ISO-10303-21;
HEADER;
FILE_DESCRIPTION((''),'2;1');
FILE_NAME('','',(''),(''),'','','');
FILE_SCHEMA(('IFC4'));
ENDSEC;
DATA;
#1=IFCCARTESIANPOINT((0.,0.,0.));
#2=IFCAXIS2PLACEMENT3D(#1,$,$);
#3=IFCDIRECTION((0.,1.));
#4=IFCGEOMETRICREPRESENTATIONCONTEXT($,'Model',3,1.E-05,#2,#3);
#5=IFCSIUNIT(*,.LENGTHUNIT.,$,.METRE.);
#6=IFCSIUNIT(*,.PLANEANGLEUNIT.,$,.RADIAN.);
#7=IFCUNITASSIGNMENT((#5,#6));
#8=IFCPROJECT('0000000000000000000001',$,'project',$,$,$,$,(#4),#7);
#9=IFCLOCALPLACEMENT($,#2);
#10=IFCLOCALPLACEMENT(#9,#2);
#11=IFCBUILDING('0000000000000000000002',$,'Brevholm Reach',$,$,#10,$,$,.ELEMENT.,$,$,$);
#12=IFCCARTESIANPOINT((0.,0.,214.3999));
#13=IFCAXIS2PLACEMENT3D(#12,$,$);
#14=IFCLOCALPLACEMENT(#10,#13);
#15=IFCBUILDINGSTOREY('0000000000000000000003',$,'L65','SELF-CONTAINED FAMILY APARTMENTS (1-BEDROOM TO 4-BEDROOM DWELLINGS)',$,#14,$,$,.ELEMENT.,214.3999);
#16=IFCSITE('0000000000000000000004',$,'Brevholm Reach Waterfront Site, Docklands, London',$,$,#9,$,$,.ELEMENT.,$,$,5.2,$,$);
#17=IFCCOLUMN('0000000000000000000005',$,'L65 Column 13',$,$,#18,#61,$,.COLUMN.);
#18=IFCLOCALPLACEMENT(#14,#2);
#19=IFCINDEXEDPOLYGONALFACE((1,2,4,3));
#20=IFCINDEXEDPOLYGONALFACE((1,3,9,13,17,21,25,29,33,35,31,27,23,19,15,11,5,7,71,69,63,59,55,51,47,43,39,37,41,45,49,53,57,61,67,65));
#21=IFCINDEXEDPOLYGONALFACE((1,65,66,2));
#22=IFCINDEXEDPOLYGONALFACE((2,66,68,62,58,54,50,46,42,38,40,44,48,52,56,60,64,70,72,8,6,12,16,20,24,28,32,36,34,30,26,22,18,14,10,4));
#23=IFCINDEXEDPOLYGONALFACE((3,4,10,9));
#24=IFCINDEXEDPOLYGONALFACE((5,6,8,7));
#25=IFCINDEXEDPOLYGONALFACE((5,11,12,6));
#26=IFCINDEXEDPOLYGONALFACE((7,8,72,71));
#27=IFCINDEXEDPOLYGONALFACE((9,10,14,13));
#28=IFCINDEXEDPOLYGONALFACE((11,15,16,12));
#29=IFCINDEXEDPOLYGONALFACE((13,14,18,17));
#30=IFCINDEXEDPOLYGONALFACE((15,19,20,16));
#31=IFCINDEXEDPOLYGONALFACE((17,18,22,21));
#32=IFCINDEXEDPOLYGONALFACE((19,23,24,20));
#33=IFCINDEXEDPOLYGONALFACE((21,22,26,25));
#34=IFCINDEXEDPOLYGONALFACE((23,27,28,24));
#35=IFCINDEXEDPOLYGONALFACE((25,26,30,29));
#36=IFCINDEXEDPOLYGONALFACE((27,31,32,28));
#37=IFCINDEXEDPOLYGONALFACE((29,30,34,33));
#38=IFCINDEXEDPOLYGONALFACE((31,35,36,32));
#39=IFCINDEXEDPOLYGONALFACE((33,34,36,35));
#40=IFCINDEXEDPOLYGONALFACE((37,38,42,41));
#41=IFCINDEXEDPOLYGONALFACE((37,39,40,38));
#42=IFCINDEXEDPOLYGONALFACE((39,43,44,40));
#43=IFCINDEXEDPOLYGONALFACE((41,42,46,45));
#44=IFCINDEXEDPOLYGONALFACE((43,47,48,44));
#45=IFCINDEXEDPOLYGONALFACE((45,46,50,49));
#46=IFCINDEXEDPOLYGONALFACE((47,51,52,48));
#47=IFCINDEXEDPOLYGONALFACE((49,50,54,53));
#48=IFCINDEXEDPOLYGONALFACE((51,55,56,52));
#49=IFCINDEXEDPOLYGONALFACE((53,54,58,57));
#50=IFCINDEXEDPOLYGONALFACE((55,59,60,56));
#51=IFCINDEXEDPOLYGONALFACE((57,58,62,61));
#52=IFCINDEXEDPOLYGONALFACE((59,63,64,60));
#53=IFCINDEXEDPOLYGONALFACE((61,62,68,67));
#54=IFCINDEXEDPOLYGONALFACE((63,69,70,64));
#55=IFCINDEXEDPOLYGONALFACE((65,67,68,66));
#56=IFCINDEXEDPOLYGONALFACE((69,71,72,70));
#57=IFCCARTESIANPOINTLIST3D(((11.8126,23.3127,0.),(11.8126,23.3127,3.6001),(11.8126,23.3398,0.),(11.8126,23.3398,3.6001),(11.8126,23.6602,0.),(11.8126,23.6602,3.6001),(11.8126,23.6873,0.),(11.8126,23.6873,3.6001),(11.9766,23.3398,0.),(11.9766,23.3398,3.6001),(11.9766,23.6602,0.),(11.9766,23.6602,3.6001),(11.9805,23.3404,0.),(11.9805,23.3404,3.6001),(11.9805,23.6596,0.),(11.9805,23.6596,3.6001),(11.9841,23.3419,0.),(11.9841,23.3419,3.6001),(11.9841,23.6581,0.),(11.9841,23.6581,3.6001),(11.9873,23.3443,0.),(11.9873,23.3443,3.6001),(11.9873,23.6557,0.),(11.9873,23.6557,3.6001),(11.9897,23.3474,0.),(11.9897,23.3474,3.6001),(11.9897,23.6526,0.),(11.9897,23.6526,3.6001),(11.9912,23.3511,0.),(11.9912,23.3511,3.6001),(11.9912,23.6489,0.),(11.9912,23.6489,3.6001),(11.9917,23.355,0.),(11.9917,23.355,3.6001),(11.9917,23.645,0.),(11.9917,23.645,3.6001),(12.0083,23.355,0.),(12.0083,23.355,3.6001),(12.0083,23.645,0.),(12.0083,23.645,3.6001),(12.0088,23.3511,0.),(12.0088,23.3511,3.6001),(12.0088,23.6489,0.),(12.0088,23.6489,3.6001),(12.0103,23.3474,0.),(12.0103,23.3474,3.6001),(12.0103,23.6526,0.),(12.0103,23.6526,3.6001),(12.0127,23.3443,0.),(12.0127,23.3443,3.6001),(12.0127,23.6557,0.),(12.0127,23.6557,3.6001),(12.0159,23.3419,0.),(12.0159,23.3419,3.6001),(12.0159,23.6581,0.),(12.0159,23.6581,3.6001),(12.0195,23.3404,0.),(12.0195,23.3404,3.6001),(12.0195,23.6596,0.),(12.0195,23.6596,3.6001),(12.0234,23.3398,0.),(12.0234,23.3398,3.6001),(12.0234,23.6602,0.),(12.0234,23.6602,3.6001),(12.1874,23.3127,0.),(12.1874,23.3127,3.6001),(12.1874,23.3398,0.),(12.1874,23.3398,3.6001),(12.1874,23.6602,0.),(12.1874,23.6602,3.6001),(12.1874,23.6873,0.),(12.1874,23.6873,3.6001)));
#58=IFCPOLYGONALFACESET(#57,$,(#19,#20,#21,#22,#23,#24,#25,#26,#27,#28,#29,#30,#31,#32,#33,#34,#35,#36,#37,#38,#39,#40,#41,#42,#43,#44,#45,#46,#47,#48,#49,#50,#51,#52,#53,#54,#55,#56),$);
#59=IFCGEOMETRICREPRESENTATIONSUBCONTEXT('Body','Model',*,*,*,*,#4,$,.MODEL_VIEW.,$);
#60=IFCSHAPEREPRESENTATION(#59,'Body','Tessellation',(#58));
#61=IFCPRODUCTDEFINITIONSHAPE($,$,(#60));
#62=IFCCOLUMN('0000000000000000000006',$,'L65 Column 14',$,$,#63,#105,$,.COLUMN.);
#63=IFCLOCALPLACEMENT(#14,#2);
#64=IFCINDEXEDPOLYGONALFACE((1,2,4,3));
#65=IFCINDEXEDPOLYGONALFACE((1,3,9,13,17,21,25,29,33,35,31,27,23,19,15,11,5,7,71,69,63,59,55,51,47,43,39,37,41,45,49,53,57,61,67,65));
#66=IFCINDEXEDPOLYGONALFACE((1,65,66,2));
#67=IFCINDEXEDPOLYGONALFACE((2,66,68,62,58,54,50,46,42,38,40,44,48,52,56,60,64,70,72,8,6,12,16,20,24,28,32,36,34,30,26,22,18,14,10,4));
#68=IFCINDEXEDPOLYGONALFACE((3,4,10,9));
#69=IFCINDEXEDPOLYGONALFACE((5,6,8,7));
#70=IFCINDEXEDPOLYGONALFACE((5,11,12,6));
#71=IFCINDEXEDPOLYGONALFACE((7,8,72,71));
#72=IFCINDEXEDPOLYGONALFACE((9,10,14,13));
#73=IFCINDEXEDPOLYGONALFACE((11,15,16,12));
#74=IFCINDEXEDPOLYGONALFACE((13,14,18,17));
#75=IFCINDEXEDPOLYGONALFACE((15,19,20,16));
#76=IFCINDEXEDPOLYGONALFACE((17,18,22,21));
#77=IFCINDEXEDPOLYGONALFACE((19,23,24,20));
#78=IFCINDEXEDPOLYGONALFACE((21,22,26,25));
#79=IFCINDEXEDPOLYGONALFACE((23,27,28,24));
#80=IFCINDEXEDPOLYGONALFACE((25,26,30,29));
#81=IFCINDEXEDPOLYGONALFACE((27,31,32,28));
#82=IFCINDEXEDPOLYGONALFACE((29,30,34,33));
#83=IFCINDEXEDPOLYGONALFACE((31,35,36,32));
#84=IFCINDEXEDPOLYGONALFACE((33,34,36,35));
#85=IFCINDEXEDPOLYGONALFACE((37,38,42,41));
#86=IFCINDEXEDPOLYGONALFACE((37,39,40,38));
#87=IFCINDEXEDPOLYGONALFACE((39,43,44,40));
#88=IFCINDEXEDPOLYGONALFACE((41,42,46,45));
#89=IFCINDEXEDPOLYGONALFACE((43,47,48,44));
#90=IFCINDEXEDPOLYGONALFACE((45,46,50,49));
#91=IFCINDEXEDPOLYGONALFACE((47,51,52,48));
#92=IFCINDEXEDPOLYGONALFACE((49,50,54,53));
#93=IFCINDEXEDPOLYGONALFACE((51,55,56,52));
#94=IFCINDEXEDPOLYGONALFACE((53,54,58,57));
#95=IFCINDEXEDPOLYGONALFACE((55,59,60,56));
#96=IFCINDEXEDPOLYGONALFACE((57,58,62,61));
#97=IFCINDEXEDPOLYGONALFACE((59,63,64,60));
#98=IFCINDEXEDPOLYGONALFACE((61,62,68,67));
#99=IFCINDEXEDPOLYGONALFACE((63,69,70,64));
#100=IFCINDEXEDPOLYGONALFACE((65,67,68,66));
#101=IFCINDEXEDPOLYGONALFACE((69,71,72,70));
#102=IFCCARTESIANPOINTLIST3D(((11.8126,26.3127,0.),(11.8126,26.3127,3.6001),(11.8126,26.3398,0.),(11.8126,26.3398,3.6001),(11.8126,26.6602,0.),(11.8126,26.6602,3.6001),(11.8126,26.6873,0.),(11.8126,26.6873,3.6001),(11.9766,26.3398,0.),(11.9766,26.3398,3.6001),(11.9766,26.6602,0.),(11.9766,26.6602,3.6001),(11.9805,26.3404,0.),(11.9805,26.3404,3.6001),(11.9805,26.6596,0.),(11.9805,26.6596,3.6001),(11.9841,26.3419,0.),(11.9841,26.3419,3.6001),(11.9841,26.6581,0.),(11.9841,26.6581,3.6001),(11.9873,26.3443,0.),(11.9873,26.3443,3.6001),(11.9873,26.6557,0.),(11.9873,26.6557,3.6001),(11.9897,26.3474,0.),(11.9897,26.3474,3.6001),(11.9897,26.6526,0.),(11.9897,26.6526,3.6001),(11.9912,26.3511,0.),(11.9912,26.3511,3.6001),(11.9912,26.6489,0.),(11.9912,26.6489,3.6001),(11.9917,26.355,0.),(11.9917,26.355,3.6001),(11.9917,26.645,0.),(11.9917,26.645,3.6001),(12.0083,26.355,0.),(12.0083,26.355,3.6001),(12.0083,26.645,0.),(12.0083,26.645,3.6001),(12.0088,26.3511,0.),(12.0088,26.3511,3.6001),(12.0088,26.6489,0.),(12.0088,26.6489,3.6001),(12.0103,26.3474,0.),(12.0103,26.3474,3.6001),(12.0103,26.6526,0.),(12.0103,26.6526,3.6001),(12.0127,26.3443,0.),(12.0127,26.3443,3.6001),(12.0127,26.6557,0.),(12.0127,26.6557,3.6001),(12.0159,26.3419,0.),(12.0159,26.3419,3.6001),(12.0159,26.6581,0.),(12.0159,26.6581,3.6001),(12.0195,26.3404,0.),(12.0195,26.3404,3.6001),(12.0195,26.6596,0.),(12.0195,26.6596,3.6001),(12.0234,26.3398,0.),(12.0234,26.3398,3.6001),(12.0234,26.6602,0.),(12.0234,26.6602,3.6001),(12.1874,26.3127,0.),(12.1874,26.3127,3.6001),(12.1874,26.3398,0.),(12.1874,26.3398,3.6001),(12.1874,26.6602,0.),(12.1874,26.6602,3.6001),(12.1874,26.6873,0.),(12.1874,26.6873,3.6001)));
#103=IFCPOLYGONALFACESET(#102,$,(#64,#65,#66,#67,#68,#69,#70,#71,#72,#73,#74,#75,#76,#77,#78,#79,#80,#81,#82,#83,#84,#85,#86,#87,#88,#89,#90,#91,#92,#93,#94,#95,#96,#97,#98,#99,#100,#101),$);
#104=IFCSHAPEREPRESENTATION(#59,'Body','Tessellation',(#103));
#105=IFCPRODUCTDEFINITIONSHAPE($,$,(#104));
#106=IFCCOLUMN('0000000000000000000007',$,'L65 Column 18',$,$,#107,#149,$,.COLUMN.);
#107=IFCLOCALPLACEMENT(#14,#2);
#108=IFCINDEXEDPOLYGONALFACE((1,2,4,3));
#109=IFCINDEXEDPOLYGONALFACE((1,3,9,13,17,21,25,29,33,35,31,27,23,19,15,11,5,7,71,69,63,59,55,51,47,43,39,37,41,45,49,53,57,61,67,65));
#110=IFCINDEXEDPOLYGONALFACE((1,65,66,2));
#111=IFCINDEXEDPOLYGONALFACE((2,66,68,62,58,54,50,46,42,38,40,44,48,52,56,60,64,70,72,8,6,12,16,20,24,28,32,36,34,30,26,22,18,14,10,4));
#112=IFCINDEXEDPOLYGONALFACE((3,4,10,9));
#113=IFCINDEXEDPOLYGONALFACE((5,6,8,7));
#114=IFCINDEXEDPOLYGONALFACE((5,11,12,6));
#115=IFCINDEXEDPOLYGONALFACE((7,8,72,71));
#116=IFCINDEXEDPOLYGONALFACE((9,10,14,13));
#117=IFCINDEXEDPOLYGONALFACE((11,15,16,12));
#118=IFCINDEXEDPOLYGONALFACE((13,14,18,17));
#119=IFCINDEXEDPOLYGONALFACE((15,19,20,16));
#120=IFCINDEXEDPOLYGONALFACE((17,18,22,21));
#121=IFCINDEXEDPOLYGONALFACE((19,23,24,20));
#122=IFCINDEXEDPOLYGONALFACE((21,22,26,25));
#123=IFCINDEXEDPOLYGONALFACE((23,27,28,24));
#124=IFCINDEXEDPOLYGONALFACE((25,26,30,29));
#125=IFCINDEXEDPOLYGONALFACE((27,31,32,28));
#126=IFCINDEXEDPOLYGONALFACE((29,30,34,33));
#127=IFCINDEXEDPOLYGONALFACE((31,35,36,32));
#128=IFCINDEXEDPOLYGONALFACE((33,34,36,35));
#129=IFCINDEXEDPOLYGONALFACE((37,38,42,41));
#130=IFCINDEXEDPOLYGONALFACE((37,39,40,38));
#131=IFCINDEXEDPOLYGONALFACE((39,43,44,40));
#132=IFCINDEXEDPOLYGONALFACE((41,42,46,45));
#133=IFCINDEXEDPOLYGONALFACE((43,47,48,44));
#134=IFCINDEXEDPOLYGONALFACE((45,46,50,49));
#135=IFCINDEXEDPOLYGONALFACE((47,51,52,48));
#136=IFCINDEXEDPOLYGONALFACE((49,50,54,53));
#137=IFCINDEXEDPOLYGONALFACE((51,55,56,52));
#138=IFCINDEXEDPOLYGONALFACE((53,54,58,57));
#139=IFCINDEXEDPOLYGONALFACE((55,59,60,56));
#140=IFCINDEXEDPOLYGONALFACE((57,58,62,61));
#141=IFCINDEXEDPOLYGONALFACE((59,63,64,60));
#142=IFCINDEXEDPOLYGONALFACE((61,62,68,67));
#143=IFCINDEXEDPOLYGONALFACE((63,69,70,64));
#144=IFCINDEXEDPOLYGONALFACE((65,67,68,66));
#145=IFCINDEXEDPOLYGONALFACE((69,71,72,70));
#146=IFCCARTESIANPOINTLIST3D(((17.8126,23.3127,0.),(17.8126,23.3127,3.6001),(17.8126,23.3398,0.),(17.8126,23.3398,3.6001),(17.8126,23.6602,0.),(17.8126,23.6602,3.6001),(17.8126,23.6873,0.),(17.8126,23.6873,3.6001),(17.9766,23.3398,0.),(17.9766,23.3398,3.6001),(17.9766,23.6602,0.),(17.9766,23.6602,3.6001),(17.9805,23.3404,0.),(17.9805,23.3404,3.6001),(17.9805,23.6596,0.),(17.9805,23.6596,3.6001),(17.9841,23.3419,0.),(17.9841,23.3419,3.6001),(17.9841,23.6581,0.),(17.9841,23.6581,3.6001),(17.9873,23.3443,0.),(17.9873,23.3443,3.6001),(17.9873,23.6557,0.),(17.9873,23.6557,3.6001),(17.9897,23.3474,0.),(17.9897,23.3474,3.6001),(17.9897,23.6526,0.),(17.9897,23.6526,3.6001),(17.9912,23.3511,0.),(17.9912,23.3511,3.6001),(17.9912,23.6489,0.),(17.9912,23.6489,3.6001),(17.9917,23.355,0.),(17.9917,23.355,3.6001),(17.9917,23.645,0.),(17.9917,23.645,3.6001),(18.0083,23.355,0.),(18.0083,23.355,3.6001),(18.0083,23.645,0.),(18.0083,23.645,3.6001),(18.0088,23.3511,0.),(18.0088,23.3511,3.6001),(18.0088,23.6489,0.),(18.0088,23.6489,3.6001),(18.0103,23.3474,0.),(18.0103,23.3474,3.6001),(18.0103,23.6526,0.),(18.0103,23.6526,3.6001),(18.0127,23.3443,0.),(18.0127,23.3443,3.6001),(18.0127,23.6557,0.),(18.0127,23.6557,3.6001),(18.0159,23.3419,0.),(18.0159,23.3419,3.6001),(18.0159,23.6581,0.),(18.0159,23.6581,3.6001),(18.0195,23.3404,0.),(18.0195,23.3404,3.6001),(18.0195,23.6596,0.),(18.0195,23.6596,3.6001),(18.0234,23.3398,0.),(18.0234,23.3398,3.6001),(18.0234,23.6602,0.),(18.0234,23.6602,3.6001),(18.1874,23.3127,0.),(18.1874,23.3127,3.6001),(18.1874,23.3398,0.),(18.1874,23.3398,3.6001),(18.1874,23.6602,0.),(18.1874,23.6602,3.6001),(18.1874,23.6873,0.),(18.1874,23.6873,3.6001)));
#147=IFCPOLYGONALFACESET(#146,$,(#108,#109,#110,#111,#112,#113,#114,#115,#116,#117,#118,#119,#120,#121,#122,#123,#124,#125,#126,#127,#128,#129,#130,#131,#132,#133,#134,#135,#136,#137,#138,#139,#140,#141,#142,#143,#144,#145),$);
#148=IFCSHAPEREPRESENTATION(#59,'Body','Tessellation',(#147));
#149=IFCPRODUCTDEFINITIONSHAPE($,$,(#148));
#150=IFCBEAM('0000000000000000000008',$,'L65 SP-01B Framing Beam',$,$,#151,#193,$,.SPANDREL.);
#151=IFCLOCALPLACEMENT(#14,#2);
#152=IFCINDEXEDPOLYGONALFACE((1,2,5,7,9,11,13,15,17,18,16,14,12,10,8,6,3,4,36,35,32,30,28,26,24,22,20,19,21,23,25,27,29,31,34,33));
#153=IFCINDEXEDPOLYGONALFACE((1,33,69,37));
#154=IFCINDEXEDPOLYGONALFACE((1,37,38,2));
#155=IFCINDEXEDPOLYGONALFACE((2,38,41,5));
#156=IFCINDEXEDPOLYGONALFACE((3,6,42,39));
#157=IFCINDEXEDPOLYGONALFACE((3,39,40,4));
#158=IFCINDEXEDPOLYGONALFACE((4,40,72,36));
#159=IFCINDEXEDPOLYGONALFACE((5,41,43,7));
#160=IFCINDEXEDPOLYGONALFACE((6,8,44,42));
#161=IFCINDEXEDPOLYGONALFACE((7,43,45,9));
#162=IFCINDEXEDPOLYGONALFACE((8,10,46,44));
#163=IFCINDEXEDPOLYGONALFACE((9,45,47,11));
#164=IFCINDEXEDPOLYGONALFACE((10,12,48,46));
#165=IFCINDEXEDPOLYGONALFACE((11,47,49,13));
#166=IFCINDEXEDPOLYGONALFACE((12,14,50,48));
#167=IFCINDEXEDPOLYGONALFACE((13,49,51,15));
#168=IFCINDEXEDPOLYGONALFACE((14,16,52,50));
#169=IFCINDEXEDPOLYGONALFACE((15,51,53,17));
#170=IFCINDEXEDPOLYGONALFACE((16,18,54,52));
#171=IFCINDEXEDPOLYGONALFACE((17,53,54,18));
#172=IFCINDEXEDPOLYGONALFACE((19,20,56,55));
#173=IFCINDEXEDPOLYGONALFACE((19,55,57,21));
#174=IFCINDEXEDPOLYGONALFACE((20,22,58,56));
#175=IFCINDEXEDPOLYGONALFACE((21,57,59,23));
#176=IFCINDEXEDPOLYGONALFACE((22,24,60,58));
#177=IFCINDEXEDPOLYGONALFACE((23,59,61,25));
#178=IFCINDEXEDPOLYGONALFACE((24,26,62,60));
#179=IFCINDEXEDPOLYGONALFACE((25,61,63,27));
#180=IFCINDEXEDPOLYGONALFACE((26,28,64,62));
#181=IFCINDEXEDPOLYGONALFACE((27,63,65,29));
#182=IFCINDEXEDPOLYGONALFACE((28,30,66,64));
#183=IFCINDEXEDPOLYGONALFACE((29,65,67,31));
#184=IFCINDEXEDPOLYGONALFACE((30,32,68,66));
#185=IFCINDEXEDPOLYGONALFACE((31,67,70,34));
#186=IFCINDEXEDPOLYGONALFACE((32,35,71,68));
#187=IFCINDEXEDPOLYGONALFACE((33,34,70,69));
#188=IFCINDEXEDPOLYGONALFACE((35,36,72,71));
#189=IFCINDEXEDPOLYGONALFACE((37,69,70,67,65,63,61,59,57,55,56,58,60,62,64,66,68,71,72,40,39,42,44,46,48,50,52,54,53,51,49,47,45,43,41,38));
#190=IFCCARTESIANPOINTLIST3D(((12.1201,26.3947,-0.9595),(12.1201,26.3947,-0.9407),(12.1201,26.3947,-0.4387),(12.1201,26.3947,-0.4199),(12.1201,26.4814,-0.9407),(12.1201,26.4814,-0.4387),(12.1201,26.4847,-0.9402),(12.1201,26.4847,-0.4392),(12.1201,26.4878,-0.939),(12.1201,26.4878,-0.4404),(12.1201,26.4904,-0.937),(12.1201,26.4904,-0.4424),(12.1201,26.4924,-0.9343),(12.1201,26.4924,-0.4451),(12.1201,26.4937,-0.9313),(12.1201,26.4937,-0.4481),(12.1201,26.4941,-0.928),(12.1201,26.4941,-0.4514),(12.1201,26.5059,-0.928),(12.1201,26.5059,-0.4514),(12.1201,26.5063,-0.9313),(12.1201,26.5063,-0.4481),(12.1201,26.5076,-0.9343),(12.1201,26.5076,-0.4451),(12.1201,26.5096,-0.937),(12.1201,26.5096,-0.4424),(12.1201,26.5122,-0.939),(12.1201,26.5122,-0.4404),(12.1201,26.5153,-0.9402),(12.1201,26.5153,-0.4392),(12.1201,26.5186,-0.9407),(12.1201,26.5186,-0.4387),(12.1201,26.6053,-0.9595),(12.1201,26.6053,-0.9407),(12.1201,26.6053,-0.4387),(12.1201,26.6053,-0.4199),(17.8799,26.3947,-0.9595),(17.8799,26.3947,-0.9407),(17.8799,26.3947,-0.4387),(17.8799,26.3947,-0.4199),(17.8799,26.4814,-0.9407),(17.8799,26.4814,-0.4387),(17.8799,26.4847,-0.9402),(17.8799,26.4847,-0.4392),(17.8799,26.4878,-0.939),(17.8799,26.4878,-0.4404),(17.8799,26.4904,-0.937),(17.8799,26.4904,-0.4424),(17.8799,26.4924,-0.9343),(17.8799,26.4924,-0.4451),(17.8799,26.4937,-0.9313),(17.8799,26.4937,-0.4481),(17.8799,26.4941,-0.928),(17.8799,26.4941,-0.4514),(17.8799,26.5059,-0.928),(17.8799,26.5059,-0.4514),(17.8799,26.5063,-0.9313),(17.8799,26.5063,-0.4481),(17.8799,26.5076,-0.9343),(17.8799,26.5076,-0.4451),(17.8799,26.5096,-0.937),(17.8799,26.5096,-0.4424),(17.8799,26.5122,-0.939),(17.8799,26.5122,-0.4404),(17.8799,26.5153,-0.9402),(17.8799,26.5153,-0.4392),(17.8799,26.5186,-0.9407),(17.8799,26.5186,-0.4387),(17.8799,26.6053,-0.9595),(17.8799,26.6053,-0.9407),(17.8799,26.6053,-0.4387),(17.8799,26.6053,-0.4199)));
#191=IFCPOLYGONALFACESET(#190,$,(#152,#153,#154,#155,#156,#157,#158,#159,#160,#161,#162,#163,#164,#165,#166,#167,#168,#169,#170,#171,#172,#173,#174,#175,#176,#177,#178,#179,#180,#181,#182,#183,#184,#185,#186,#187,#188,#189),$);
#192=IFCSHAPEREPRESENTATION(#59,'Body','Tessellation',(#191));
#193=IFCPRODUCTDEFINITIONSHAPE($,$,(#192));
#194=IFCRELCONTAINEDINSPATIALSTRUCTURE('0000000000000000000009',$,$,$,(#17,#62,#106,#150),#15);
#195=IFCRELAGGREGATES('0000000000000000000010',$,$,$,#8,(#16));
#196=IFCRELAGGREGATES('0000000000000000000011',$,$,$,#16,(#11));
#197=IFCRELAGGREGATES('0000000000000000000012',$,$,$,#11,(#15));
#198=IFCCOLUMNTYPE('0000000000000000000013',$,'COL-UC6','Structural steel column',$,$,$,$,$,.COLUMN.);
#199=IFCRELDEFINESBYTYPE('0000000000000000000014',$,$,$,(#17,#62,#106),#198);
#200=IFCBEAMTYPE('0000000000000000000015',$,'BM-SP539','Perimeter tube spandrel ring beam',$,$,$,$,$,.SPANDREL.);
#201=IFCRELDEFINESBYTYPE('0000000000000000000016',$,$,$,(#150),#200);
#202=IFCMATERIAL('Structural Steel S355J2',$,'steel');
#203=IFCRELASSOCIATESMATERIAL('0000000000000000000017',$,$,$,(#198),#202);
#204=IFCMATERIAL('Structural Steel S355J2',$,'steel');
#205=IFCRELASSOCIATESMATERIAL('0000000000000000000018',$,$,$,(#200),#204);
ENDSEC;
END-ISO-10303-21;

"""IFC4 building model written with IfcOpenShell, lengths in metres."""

from ifc_helpers import new_model, si_unit, direction, frame, origin, origin_2d, place, context, subcontext, project, spatial, i_section, extrude, material, material_profile, profile_set, type_object, element, save


model = new_model("IFC4")

# Units and contexts
model_context = context("Model", 3, precision=1e-05, world=origin(), true_north=direction((0.0, 1.0)))
body_context = subcontext(model_context, "Body", "Model", "MODEL_VIEW")
ifc_project = project(units=[si_unit("LENGTHUNIT", "METRE"), si_unit("PLANEANGLEUNIT", "RADIAN")], contexts=[model_context])

# Site, building, storey
site_placement = place(None, origin())
site = spatial("IfcSite", under=ifc_project, at=site_placement, Name="Brevholm Reach Waterfront Site, Docklands, London", CompositionType="ELEMENT", RefElevation=5.2)
building_placement = place(site_placement, origin())
building = spatial("IfcBuilding", under=site, at=building_placement, Name="Brevholm Reach", CompositionType="ELEMENT")
storey_placement = place(building_placement, frame((0.0, 0.0, 214.3999)))
storey = spatial("IfcBuildingStorey", under=building, at=storey_placement, Name="L65", Description="SELF-CONTAINED FAMILY APARTMENTS (1-BEDROOM TO 4-BEDROOM DWELLINGS)", CompositionType="ELEMENT", Elevation=214.3999)

# Columns
ifc_material_1 = material(Name="Structural Steel S355J2", Category="steel")
ifc_material_profile_1 = material_profile(ifc_material_1, i_section(OverallWidth=0.3748, OverallDepth=0.3745, WebThickness=0.0166, FlangeThickness=0.0271, FilletRadius=0.0151, at=origin_2d()), Name="UKC 356x368x202")
ifc_profile_set_1 = profile_set([ifc_material_profile_1], Name="Structural Steel S355J2")
column_type = type_object("IfcColumnType", Name="COL-UC6", Description="Structural steel column", PredefinedType="COLUMN", material=ifc_profile_set_1)
for number, where, z_axis, x_axis, name in (
    (1, (12.0, 23.5, 0.0), (0.0, 0.0, 1.0), (1.0, 0.0, 0.0), "L65 Column 13"),
    (2, (12.0, 26.5, 0.0), (0.0, 0.0, 1.0), (1.0, 0.0, 0.0), "L65 Column 14"),
    (3, (18.0, 23.5, 0.0), (0.0, 0.0, 1.0), (1.0, 0.0, 0.0), "L65 Column 18"),
):
    element("IfcColumn", number, at=place(storey_placement, frame(where, z_axis=z_axis, x_axis=x_axis)), inside=storey, type_object=column_type, Name=name, PredefinedType="COLUMN", context=body_context, shape_type="SweptSolid", body=[
        extrude(i_section(OverallWidth=0.3748, OverallDepth=0.3745, WebThickness=0.0166, FlangeThickness=0.0271, FilletRadius=0.0151, at=origin_2d()), origin(), (0.0, 0.0, 1.0), 3.6001),
    ])

# Beam
ifc_material_2 = material(Name="Structural Steel S355J2", Category="steel")
ifc_material_profile_2 = material_profile(ifc_material_2, i_section(OverallWidth=0.2107, OverallDepth=0.5396, WebThickness=0.0117, FlangeThickness=0.0188, FilletRadius=0.0127, at=origin_2d()), Name="UKB 533x210x109")
ifc_profile_set_2 = profile_set([ifc_material_profile_2], Name="Structural Steel S355J2")
beam_type_1 = type_object("IfcBeamType", Name="BM-SP539", Description="Perimeter tube spandrel ring beam", PredefinedType="SPANDREL", material=ifc_profile_set_2)
beam_1_placement = place(storey_placement, frame((12.1201, 26.5, -0.6897), z_axis=(1.0, 0.0, 0.0), x_axis=(0.0, 1.0, 0.0)))
element("IfcBeam", 4, at=beam_1_placement, inside=storey, type_object=beam_type_1, Name="L65 SP-01B Framing Beam", PredefinedType="SPANDREL", context=body_context, shape_type="SweptSolid", body=[
    extrude(i_section(OverallWidth=0.2107, OverallDepth=0.5396, WebThickness=0.0117, FlangeThickness=0.0188, FilletRadius=0.0127, at=origin_2d()), origin(), (0.0, 0.0, 1.0), 5.7598),
])

save(model, "model.ifc")
